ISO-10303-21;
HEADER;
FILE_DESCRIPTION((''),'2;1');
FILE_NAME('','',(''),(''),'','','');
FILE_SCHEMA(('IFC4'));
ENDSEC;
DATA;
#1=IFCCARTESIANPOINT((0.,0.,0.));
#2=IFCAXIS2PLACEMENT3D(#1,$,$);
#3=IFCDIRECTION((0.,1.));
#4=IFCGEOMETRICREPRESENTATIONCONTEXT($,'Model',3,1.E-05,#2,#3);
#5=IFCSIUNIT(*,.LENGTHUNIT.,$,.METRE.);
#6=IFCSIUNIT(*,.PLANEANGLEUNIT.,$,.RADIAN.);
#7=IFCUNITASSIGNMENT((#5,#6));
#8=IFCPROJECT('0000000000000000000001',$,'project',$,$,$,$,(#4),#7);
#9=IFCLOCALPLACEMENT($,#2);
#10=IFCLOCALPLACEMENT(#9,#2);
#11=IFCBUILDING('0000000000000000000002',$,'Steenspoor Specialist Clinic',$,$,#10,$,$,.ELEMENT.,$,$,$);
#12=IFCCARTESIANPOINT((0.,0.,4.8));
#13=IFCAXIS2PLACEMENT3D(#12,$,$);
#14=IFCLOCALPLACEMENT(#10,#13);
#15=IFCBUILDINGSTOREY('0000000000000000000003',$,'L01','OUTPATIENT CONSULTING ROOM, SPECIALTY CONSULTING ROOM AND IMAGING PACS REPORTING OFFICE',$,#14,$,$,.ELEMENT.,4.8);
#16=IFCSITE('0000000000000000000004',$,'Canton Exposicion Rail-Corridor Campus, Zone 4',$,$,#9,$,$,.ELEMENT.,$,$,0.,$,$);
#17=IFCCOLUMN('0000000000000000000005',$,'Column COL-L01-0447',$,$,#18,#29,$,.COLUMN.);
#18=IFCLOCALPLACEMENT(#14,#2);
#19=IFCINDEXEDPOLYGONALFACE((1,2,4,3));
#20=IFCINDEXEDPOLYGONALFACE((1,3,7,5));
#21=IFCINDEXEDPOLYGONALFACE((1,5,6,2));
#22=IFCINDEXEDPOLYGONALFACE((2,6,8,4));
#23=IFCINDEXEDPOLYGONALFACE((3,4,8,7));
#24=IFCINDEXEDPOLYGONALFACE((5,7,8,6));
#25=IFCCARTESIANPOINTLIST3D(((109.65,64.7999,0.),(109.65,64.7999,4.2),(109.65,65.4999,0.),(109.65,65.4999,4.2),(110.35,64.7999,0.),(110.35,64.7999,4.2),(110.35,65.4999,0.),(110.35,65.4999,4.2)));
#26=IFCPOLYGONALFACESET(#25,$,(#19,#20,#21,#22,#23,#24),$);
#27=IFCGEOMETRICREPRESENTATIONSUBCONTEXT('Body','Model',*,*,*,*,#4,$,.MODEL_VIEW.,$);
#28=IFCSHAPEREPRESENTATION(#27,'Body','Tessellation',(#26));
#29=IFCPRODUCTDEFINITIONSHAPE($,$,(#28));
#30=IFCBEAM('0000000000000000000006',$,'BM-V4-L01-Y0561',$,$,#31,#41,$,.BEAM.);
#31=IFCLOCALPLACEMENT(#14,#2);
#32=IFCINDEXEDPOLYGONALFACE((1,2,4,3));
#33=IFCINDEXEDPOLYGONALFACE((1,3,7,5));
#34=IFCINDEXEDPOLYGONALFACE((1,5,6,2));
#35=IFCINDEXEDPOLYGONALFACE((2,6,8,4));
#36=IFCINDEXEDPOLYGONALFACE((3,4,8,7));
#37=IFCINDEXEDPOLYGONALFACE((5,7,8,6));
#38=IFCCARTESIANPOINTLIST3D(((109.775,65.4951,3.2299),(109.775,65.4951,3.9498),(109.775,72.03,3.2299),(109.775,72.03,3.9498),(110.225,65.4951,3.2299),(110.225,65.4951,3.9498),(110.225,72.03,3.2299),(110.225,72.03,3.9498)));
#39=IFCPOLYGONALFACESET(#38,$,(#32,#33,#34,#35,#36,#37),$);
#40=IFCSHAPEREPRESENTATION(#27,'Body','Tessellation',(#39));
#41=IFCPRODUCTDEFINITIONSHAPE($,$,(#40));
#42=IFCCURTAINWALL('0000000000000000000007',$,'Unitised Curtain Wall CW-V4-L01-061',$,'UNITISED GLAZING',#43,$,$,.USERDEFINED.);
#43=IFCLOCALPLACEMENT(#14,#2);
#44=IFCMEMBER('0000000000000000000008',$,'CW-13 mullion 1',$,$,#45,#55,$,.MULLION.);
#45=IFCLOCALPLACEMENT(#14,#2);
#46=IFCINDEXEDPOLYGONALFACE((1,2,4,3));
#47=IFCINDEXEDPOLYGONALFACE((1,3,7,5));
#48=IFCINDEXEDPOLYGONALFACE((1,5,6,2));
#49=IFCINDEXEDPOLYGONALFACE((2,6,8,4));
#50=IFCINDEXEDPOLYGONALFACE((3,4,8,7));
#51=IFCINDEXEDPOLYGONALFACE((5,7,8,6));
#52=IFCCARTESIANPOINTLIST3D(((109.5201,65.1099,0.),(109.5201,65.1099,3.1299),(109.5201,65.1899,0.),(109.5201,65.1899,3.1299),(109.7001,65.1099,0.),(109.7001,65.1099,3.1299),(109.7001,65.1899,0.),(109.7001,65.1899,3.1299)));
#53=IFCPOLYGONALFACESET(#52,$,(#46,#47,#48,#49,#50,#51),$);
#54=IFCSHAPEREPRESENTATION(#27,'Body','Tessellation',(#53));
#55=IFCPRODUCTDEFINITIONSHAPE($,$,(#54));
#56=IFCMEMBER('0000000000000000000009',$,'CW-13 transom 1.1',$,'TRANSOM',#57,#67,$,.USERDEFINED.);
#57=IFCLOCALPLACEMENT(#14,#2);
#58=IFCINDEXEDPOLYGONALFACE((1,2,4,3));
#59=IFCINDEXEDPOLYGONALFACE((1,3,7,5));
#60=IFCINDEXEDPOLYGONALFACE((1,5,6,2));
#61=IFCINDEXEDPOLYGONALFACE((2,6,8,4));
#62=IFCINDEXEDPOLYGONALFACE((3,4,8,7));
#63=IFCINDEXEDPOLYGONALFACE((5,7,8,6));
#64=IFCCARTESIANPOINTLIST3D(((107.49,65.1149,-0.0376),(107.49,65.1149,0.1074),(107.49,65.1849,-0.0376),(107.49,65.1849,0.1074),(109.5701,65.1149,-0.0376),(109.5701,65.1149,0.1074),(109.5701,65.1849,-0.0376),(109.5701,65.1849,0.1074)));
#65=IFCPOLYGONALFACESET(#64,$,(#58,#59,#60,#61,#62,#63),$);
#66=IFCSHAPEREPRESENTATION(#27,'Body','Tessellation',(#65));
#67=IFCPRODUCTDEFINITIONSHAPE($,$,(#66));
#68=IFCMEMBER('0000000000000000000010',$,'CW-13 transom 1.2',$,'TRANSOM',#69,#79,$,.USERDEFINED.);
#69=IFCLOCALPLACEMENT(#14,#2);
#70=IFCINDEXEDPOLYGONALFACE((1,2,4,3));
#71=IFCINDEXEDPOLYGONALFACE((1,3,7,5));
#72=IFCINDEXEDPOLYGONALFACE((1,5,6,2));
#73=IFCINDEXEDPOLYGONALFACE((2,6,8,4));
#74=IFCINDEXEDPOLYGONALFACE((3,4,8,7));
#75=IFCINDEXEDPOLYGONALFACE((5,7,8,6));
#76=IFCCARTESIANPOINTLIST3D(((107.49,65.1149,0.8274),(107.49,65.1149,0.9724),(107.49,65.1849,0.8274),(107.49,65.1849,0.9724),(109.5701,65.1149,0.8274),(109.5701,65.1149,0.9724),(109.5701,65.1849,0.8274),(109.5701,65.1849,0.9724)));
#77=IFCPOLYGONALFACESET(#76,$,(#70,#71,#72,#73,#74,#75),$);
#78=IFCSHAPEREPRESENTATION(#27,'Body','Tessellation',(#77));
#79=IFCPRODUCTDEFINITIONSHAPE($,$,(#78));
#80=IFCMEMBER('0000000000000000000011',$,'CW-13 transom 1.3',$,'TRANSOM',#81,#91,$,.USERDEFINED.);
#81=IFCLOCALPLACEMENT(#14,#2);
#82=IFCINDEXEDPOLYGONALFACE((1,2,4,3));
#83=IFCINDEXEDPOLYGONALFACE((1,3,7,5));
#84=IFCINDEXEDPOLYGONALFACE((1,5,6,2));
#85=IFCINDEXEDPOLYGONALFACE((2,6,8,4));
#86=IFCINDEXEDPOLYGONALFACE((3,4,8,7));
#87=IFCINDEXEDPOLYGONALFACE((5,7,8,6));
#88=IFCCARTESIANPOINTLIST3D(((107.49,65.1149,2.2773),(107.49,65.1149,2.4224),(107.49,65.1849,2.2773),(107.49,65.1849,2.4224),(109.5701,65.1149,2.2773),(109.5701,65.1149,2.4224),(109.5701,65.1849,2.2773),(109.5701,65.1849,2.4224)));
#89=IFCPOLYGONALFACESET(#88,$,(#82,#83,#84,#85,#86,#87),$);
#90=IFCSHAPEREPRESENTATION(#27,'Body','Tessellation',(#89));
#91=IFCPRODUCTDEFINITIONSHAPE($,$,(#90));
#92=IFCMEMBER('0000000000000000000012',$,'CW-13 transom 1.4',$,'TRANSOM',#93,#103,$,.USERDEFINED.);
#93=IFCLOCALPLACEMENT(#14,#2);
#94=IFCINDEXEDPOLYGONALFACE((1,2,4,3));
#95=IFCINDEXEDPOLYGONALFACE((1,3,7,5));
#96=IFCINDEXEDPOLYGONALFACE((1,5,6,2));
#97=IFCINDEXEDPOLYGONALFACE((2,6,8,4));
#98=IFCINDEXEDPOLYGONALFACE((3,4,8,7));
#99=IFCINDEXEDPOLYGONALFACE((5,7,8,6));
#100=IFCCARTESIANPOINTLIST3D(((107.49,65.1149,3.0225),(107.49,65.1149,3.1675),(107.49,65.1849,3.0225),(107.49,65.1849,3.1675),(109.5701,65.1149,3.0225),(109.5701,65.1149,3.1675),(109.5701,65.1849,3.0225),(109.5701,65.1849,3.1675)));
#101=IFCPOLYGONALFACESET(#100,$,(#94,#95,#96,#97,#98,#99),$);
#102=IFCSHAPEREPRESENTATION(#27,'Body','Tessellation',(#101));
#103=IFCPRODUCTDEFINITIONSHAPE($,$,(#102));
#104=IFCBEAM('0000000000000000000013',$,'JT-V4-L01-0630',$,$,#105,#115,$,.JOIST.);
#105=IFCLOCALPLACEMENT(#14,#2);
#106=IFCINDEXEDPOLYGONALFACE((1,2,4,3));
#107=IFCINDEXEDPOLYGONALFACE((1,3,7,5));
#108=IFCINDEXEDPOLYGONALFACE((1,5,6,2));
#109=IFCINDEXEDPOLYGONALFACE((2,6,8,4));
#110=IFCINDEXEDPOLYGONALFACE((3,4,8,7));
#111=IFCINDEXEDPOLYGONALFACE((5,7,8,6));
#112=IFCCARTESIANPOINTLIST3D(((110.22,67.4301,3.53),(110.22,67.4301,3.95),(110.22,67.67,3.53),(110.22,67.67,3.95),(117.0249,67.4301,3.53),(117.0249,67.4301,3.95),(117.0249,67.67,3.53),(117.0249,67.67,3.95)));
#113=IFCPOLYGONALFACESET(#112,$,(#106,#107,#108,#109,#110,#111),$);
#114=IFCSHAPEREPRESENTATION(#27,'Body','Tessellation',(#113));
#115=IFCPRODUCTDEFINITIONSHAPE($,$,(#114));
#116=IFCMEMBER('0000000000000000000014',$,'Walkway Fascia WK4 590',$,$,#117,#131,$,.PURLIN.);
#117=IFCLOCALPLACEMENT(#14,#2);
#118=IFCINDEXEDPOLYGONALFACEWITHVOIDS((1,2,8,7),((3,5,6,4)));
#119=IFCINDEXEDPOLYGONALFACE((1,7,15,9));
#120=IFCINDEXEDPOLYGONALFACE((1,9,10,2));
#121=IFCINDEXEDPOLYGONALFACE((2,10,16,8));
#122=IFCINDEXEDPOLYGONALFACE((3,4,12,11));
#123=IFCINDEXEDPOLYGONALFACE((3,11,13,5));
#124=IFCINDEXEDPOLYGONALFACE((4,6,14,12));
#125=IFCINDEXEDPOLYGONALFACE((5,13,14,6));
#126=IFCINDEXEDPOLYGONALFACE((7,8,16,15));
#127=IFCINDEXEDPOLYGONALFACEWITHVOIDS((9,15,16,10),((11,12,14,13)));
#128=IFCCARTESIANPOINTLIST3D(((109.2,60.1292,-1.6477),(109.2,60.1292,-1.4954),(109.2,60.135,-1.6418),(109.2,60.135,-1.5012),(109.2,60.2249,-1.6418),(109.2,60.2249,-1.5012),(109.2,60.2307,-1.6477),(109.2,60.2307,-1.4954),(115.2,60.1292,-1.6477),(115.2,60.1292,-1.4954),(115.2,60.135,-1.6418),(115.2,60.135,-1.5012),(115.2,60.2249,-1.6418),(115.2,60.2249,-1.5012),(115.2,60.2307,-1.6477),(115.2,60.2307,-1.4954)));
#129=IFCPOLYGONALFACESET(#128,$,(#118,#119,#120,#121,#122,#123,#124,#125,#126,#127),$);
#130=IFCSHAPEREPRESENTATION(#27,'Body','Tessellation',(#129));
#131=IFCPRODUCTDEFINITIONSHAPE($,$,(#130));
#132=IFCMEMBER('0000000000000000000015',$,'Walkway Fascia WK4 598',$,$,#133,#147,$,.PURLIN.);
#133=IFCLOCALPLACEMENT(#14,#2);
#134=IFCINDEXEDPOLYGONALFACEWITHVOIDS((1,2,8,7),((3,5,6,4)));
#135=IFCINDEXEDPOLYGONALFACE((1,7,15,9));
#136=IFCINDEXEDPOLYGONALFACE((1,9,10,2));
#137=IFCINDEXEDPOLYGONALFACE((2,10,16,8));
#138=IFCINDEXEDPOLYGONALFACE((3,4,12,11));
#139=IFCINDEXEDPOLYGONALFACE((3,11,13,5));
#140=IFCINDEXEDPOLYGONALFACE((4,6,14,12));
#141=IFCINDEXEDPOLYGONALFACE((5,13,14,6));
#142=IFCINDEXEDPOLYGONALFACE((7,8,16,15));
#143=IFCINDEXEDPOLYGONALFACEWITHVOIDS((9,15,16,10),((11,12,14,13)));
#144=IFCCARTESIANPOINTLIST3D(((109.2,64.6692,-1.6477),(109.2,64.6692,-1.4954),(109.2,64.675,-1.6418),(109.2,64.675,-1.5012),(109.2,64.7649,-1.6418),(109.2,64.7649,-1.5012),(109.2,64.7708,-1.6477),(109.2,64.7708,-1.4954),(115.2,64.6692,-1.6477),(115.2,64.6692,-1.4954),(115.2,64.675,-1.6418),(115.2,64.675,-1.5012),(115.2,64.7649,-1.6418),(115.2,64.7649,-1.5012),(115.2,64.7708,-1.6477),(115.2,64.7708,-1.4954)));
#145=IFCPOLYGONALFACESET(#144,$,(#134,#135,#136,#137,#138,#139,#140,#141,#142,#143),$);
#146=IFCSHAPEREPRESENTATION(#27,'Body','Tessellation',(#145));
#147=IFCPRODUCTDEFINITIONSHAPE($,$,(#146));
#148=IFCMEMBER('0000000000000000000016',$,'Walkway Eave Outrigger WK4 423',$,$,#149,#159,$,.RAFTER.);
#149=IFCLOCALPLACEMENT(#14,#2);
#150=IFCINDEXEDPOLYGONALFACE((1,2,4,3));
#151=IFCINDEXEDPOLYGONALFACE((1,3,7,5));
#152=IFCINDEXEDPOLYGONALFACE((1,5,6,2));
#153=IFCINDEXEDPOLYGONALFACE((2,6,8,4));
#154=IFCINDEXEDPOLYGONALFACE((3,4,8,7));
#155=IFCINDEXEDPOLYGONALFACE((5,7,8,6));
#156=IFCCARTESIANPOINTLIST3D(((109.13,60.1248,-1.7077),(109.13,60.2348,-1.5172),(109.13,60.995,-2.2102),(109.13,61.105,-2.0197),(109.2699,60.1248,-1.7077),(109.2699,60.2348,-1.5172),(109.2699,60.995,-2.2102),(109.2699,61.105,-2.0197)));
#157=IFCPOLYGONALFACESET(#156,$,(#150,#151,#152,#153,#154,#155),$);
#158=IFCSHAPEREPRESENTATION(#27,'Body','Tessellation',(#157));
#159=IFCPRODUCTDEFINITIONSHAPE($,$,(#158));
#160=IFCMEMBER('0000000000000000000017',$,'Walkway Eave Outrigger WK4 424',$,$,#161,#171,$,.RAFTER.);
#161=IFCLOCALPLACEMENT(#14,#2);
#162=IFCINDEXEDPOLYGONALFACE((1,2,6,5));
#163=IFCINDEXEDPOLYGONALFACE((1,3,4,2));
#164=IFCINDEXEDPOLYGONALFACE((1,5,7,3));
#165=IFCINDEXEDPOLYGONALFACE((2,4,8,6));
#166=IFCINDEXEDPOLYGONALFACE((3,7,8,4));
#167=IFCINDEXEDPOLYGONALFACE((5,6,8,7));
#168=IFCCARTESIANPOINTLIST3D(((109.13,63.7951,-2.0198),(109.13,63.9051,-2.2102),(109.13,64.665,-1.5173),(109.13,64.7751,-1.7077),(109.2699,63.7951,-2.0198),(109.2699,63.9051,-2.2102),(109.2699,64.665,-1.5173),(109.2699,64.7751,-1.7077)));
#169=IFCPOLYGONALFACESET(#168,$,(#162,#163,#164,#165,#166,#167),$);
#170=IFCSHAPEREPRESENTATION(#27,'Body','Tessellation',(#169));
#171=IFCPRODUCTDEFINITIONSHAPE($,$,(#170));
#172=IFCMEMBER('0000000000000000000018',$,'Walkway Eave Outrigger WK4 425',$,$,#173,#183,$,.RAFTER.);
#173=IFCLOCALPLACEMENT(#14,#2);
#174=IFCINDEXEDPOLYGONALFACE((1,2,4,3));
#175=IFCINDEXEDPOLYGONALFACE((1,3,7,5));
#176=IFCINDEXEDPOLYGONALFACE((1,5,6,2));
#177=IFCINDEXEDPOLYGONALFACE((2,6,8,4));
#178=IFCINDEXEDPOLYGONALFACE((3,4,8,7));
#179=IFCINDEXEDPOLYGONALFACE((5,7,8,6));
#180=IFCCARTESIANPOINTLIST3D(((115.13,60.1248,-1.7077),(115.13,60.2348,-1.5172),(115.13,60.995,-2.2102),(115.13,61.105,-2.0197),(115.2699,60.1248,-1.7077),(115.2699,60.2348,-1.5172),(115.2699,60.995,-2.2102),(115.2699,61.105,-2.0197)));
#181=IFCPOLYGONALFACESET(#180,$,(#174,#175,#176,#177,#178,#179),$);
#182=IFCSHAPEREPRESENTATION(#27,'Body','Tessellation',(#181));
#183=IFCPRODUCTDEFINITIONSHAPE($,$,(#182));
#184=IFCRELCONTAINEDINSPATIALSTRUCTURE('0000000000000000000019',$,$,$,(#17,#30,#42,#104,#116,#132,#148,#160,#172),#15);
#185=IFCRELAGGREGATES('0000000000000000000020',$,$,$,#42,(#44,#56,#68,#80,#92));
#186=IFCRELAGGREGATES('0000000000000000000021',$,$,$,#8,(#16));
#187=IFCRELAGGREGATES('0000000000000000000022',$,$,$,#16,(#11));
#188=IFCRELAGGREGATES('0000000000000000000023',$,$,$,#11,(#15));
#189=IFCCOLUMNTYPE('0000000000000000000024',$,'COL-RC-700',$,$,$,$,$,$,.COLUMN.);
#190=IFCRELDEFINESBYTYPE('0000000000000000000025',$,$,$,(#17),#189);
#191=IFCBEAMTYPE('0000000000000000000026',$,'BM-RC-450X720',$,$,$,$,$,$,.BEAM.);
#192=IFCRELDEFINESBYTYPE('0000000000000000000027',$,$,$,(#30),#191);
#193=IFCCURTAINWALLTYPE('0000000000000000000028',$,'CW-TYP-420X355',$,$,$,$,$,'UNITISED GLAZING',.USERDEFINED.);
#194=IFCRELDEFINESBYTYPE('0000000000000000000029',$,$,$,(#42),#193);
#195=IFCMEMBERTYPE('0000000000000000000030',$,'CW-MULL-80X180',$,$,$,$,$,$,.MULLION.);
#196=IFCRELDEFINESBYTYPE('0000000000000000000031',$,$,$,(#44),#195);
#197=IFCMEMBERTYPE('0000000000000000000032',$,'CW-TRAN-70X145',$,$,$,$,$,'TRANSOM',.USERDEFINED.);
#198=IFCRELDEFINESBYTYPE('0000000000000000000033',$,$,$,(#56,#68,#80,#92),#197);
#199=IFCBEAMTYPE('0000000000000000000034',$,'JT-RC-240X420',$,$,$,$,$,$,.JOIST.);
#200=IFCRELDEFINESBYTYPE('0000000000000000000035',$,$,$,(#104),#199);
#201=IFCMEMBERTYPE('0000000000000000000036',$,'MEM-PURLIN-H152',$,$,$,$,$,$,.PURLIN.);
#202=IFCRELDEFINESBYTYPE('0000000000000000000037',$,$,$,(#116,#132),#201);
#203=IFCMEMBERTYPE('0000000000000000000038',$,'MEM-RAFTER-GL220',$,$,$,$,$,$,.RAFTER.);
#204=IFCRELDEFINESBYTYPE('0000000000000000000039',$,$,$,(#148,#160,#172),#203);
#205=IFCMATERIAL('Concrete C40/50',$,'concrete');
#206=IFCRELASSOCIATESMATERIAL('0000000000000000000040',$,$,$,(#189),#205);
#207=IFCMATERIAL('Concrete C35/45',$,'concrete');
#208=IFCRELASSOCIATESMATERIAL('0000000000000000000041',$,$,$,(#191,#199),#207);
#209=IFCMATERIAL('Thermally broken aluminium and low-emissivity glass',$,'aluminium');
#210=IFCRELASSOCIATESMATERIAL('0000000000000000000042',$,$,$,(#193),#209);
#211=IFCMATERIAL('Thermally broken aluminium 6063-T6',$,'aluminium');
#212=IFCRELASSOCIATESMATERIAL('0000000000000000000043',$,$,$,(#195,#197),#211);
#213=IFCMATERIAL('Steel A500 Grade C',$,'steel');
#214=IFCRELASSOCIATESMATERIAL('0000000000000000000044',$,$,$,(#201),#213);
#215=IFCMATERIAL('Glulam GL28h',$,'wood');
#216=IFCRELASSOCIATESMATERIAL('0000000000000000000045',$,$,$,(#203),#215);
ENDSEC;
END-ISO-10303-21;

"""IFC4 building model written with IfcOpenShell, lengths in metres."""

from ifc_helpers import new_model, si_unit, direction, frame, origin, origin_2d, place, context, subcontext, project, spatial, rectangle, hollow_rectangle, extrude, material, material_profile, profile_set, type_object, element, aggregate, save


model = new_model("IFC4")

# Units and contexts
model_context = context("Model", 3, precision=1e-05, world=origin(), true_north=direction((0.0, 1.0)))
body_context = subcontext(model_context, "Body", "Model", "MODEL_VIEW")
ifc_project = project(units=[si_unit("LENGTHUNIT", "METRE"), si_unit("PLANEANGLEUNIT", "RADIAN")], contexts=[model_context])

# Site, building, storey
site_placement = place(None, origin())
site = spatial("IfcSite", under=ifc_project, at=site_placement, Name="Canton Exposicion Rail-Corridor Campus, Zone 4", CompositionType="ELEMENT", RefElevation=0.0)
building_placement = place(site_placement, origin())
building = spatial("IfcBuilding", under=site, at=building_placement, Name="Steenspoor Specialist Clinic", CompositionType="ELEMENT")
storey_placement = place(building_placement, frame((0.0, 0.0, 4.8)))
storey = spatial("IfcBuildingStorey", under=building, at=storey_placement, Name="L01", Description="OUTPATIENT CONSULTING ROOM, SPECIALTY CONSULTING ROOM AND IMAGING PACS REPORTING OFFICE", CompositionType="ELEMENT", Elevation=4.8)

# Column
ifc_material_1 = material(Name="Concrete C40/50", Category="concrete")
ifc_material_profile_1 = material_profile(ifc_material_1, rectangle(XDim=0.7, YDim=0.7, at=origin_2d()), Name="RC-COL-700X700")
ifc_profile_set_1 = profile_set([ifc_material_profile_1], Name="Concrete C40/50")
column_type = type_object("IfcColumnType", Name="COL-RC-700", PredefinedType="COLUMN", material=ifc_profile_set_1)
column_placement = place(storey_placement, frame((110.0, 65.1499, 0.0), z_axis=(0.0, 0.0, 1.0), x_axis=(1.0, 0.0, 0.0)))
element("IfcColumn", 1, at=column_placement, inside=storey, type_object=column_type, Name="Column COL-L01-0447", PredefinedType="COLUMN", context=body_context, shape_type="SweptSolid", body=[
    extrude(rectangle(XDim=0.7, YDim=0.7, at=origin_2d()), origin(), (0.0, 0.0, 1.0), 4.2),
])

# Beam
ifc_material_2 = material(Name="Concrete C35/45", Category="concrete")
ifc_material_profile_2 = material_profile(ifc_material_2, rectangle(XDim=0.45, YDim=0.72, at=origin_2d()), Name="RC-BM-450X720")
ifc_profile_set_2 = profile_set([ifc_material_profile_2], Name="Concrete C35/45")
beam_type_1 = type_object("IfcBeamType", Name="BM-RC-450X720", PredefinedType="BEAM", material=ifc_profile_set_2)
beam_1_placement = place(storey_placement, frame((110.0, 65.4951, 3.5898), z_axis=(0.0, 1.0, 0.0), x_axis=(-1.0, 0.0, 0.0)))
element("IfcBeam", 2, at=beam_1_placement, inside=storey, type_object=beam_type_1, Name="BM-V4-L01-Y0561", PredefinedType="BEAM", context=body_context, shape_type="SweptSolid", body=[
    extrude(rectangle(XDim=0.45, YDim=0.72, at=origin_2d()), origin(), (0.0, 0.0, 1.0), 6.5349),
])

# Curtain wall, members
ifc_material_3 = material(Name="Thermally broken aluminium and low-emissivity glass", Category="aluminium")
curtain_wall_type = type_object("IfcCurtainWallType", Name="CW-TYP-420X355", ElementType="UNITISED GLAZING", PredefinedType="USERDEFINED", material=ifc_material_3)
curtain_wall_placement = place(storey_placement, origin())
curtain_wall = element("IfcCurtainWall", 3, at=curtain_wall_placement, inside=storey, type_object=curtain_wall_type, Name="Unitised Curtain Wall CW-V4-L01-061", ObjectType="UNITISED GLAZING", PredefinedType="USERDEFINED")
ifc_material_4 = material(Name="Thermally broken aluminium 6063-T6", Category="aluminium")
ifc_material_profile_3 = material_profile(ifc_material_4, rectangle(XDim=0.0801, YDim=0.1799, at=origin_2d()), Name="CWM-80X180")
ifc_profile_set_3 = profile_set([ifc_material_profile_3], Name="Thermally broken aluminium 6063-T6")
member_type_1 = type_object("IfcMemberType", Name="CW-MULL-80X180", PredefinedType="MULLION", material=ifc_profile_set_3)
member_1_placement = place(storey_placement, frame((109.6101, 65.1499, 0.0), z_axis=(0.0, 0.0, 1.0), x_axis=(0.0, -1.0, 0.0)))
member_1 = element("IfcMember", 4, at=member_1_placement, type_object=member_type_1, Name="CW-13 mullion 1", PredefinedType="MULLION", context=body_context, shape_type="SweptSolid", body=[
    extrude(rectangle(XDim=0.0801, YDim=0.1799, at=origin_2d()), origin(), (0.0, 0.0, 1.0), 3.1299),
])
ifc_material_profile_4 = material_profile(ifc_material_4, rectangle(XDim=0.0701, YDim=0.145, at=origin_2d()), Name="CWT-70X145")
ifc_profile_set_4 = profile_set([ifc_material_profile_4], Name="Thermally broken aluminium 6063-T6")
member_type_2 = type_object("IfcMemberType", Name="CW-TRAN-70X145", ElementType="TRANSOM", PredefinedType="USERDEFINED", material=ifc_profile_set_4)
member_2_placement = place(storey_placement, frame((109.5701, 65.1499, 0.0349), z_axis=(-1.0, 0.0, 0.0), x_axis=(0.0, -1.0, 0.0)))
member_2 = element("IfcMember", 5, at=member_2_placement, type_object=member_type_2, Name="CW-13 transom 1.1", ObjectType="TRANSOM", PredefinedType="USERDEFINED", context=body_context, shape_type="SweptSolid", body=[
    extrude(rectangle(XDim=0.0701, YDim=0.145, at=origin_2d()), origin(), (0.0, 0.0, 1.0), 2.0801),
])
member_3_placement = place(storey_placement, frame((109.5701, 65.1499, 0.8999), z_axis=(-1.0, 0.0, 0.0), x_axis=(0.0, -1.0, 0.0)))
member_3 = element("IfcMember", 6, at=member_3_placement, type_object=member_type_2, Name="CW-13 transom 1.2", ObjectType="TRANSOM", PredefinedType="USERDEFINED", context=body_context, shape_type="SweptSolid", body=[
    extrude(rectangle(XDim=0.0701, YDim=0.145, at=origin_2d()), origin(), (0.0, 0.0, 1.0), 2.0801),
])
member_4_placement = place(storey_placement, frame((109.5701, 65.1499, 2.3499), z_axis=(-1.0, 0.0, 0.0), x_axis=(0.0, -1.0, 0.0)))
member_4 = element("IfcMember", 7, at=member_4_placement, type_object=member_type_2, Name="CW-13 transom 1.3", ObjectType="TRANSOM", PredefinedType="USERDEFINED", context=body_context, shape_type="SweptSolid", body=[
    extrude(rectangle(XDim=0.0701, YDim=0.145, at=origin_2d()), origin(), (0.0, 0.0, 1.0), 2.0801),
])
member_5_placement = place(storey_placement, frame((109.5701, 65.1499, 3.095), z_axis=(-1.0, 0.0, 0.0), x_axis=(0.0, -1.0, 0.0)))
member_5 = element("IfcMember", 8, at=member_5_placement, type_object=member_type_2, Name="CW-13 transom 1.4", ObjectType="TRANSOM", PredefinedType="USERDEFINED", context=body_context, shape_type="SweptSolid", body=[
    extrude(rectangle(XDim=0.0701, YDim=0.145, at=origin_2d()), origin(), (0.0, 0.0, 1.0), 2.0801),
])
aggregate(curtain_wall, [member_1, member_2, member_3, member_4, member_5])

# Beam
ifc_material_profile_5 = material_profile(ifc_material_2, rectangle(XDim=0.24, YDim=0.4199, at=origin_2d()), Name="RC-JT-240X420")
ifc_profile_set_5 = profile_set([ifc_material_profile_5], Name="Concrete C35/45")
beam_type_2 = type_object("IfcBeamType", Name="JT-RC-240X420", PredefinedType="JOIST", material=ifc_profile_set_5)
beam_2_placement = place(storey_placement, frame((110.22, 67.55, 3.74), z_axis=(1.0, 0.0, 0.0), x_axis=(0.0, 1.0, 0.0)))
element("IfcBeam", 9, at=beam_2_placement, inside=storey, type_object=beam_type_2, Name="JT-V4-L01-0630", PredefinedType="JOIST", context=body_context, shape_type="SweptSolid", body=[
    extrude(rectangle(XDim=0.24, YDim=0.4199, at=origin_2d()), origin(), (0.0, 0.0, 1.0), 6.8049),
])

# Members
ifc_material_5 = material(Name="Steel A500 Grade C", Category="steel")
ifc_material_profile_6 = material_profile(ifc_material_5, hollow_rectangle(XDim=0.1016, YDim=0.1523, WallThickness=0.0059, at=origin_2d()), Name="HSS152X102X6.4")
ifc_profile_set_6 = profile_set([ifc_material_profile_6], Name="Steel A500 Grade C")
member_type_3 = type_object("IfcMemberType", Name="MEM-PURLIN-H152", PredefinedType="PURLIN", material=ifc_profile_set_6)
for number, where, z_axis, x_axis, name in (
    (10, (109.2, 60.1799, -1.5715), (1.0, 0.0, 0.0), (0.0, 1.0, 0.0), "Walkway Fascia WK4 590"),
    (11, (109.2, 64.72, -1.5715), (1.0, 0.0, 0.0), (0.0, 1.0, 0.0), "Walkway Fascia WK4 598"),
):
    element("IfcMember", number, at=place(storey_placement, frame(where, z_axis=z_axis, x_axis=x_axis)), inside=storey, type_object=member_type_3, Name=name, PredefinedType="PURLIN", context=body_context, shape_type="SweptSolid", body=[
        extrude(hollow_rectangle(XDim=0.1016, YDim=0.1523, WallThickness=0.0059, at=origin_2d()), origin(), (0.0, 0.0, 1.0), 6.0),
    ])
ifc_material_6 = material(Name="Glulam GL28h", Category="wood")
ifc_material_profile_7 = material_profile(ifc_material_6, rectangle(XDim=0.1399, YDim=0.22, at=origin_2d()), Name="GL28H-140X220")
ifc_profile_set_7 = profile_set([ifc_material_profile_7], Name="Glulam GL28h")
member_type_4 = type_object("IfcMemberType", Name="MEM-RAFTER-GL220", PredefinedType="RAFTER", material=ifc_profile_set_7)
member_6_placement = place(storey_placement, frame((109.2, 61.05, -2.115), z_axis=(0.0, -0.865991, 0.500059), x_axis=(1.0, 0.0, 0.0)))
element("IfcMember", 12, at=member_6_placement, inside=storey, type_object=member_type_4, Name="Walkway Eave Outrigger WK4 423", PredefinedType="RAFTER", context=body_context, shape_type="SweptSolid", body=[
    extrude(rectangle(XDim=0.1399, YDim=0.22, at=origin_2d()), origin(), (0.0, 0.0, 1.0), 1.0049),
])
member_7_placement = place(storey_placement, frame((109.2, 63.8501, -2.115), z_axis=(0.0, 0.865931, 0.500164), x_axis=(-1.0, 0.0, 0.0)))
element("IfcMember", 13, at=member_7_placement, inside=storey, type_object=member_type_4, Name="Walkway Eave Outrigger WK4 424", PredefinedType="RAFTER", context=body_context, shape_type="SweptSolid", body=[
    extrude(rectangle(XDim=0.1399, YDim=0.22, at=origin_2d()), origin(), (0.0, 0.0, 1.0), 1.0046),
])
member_8_placement = place(storey_placement, frame((115.2, 61.05, -2.115), z_axis=(0.0, -0.865991, 0.500059), x_axis=(1.0, 0.0, 0.0)))
element("IfcMember", 14, at=member_8_placement, inside=storey, type_object=member_type_4, Name="Walkway Eave Outrigger WK4 425", PredefinedType="RAFTER", context=body_context, shape_type="SweptSolid", body=[
    extrude(rectangle(XDim=0.1399, YDim=0.22, at=origin_2d()), origin(), (0.0, 0.0, 1.0), 1.0049),
])

save(model, "model.ifc")
